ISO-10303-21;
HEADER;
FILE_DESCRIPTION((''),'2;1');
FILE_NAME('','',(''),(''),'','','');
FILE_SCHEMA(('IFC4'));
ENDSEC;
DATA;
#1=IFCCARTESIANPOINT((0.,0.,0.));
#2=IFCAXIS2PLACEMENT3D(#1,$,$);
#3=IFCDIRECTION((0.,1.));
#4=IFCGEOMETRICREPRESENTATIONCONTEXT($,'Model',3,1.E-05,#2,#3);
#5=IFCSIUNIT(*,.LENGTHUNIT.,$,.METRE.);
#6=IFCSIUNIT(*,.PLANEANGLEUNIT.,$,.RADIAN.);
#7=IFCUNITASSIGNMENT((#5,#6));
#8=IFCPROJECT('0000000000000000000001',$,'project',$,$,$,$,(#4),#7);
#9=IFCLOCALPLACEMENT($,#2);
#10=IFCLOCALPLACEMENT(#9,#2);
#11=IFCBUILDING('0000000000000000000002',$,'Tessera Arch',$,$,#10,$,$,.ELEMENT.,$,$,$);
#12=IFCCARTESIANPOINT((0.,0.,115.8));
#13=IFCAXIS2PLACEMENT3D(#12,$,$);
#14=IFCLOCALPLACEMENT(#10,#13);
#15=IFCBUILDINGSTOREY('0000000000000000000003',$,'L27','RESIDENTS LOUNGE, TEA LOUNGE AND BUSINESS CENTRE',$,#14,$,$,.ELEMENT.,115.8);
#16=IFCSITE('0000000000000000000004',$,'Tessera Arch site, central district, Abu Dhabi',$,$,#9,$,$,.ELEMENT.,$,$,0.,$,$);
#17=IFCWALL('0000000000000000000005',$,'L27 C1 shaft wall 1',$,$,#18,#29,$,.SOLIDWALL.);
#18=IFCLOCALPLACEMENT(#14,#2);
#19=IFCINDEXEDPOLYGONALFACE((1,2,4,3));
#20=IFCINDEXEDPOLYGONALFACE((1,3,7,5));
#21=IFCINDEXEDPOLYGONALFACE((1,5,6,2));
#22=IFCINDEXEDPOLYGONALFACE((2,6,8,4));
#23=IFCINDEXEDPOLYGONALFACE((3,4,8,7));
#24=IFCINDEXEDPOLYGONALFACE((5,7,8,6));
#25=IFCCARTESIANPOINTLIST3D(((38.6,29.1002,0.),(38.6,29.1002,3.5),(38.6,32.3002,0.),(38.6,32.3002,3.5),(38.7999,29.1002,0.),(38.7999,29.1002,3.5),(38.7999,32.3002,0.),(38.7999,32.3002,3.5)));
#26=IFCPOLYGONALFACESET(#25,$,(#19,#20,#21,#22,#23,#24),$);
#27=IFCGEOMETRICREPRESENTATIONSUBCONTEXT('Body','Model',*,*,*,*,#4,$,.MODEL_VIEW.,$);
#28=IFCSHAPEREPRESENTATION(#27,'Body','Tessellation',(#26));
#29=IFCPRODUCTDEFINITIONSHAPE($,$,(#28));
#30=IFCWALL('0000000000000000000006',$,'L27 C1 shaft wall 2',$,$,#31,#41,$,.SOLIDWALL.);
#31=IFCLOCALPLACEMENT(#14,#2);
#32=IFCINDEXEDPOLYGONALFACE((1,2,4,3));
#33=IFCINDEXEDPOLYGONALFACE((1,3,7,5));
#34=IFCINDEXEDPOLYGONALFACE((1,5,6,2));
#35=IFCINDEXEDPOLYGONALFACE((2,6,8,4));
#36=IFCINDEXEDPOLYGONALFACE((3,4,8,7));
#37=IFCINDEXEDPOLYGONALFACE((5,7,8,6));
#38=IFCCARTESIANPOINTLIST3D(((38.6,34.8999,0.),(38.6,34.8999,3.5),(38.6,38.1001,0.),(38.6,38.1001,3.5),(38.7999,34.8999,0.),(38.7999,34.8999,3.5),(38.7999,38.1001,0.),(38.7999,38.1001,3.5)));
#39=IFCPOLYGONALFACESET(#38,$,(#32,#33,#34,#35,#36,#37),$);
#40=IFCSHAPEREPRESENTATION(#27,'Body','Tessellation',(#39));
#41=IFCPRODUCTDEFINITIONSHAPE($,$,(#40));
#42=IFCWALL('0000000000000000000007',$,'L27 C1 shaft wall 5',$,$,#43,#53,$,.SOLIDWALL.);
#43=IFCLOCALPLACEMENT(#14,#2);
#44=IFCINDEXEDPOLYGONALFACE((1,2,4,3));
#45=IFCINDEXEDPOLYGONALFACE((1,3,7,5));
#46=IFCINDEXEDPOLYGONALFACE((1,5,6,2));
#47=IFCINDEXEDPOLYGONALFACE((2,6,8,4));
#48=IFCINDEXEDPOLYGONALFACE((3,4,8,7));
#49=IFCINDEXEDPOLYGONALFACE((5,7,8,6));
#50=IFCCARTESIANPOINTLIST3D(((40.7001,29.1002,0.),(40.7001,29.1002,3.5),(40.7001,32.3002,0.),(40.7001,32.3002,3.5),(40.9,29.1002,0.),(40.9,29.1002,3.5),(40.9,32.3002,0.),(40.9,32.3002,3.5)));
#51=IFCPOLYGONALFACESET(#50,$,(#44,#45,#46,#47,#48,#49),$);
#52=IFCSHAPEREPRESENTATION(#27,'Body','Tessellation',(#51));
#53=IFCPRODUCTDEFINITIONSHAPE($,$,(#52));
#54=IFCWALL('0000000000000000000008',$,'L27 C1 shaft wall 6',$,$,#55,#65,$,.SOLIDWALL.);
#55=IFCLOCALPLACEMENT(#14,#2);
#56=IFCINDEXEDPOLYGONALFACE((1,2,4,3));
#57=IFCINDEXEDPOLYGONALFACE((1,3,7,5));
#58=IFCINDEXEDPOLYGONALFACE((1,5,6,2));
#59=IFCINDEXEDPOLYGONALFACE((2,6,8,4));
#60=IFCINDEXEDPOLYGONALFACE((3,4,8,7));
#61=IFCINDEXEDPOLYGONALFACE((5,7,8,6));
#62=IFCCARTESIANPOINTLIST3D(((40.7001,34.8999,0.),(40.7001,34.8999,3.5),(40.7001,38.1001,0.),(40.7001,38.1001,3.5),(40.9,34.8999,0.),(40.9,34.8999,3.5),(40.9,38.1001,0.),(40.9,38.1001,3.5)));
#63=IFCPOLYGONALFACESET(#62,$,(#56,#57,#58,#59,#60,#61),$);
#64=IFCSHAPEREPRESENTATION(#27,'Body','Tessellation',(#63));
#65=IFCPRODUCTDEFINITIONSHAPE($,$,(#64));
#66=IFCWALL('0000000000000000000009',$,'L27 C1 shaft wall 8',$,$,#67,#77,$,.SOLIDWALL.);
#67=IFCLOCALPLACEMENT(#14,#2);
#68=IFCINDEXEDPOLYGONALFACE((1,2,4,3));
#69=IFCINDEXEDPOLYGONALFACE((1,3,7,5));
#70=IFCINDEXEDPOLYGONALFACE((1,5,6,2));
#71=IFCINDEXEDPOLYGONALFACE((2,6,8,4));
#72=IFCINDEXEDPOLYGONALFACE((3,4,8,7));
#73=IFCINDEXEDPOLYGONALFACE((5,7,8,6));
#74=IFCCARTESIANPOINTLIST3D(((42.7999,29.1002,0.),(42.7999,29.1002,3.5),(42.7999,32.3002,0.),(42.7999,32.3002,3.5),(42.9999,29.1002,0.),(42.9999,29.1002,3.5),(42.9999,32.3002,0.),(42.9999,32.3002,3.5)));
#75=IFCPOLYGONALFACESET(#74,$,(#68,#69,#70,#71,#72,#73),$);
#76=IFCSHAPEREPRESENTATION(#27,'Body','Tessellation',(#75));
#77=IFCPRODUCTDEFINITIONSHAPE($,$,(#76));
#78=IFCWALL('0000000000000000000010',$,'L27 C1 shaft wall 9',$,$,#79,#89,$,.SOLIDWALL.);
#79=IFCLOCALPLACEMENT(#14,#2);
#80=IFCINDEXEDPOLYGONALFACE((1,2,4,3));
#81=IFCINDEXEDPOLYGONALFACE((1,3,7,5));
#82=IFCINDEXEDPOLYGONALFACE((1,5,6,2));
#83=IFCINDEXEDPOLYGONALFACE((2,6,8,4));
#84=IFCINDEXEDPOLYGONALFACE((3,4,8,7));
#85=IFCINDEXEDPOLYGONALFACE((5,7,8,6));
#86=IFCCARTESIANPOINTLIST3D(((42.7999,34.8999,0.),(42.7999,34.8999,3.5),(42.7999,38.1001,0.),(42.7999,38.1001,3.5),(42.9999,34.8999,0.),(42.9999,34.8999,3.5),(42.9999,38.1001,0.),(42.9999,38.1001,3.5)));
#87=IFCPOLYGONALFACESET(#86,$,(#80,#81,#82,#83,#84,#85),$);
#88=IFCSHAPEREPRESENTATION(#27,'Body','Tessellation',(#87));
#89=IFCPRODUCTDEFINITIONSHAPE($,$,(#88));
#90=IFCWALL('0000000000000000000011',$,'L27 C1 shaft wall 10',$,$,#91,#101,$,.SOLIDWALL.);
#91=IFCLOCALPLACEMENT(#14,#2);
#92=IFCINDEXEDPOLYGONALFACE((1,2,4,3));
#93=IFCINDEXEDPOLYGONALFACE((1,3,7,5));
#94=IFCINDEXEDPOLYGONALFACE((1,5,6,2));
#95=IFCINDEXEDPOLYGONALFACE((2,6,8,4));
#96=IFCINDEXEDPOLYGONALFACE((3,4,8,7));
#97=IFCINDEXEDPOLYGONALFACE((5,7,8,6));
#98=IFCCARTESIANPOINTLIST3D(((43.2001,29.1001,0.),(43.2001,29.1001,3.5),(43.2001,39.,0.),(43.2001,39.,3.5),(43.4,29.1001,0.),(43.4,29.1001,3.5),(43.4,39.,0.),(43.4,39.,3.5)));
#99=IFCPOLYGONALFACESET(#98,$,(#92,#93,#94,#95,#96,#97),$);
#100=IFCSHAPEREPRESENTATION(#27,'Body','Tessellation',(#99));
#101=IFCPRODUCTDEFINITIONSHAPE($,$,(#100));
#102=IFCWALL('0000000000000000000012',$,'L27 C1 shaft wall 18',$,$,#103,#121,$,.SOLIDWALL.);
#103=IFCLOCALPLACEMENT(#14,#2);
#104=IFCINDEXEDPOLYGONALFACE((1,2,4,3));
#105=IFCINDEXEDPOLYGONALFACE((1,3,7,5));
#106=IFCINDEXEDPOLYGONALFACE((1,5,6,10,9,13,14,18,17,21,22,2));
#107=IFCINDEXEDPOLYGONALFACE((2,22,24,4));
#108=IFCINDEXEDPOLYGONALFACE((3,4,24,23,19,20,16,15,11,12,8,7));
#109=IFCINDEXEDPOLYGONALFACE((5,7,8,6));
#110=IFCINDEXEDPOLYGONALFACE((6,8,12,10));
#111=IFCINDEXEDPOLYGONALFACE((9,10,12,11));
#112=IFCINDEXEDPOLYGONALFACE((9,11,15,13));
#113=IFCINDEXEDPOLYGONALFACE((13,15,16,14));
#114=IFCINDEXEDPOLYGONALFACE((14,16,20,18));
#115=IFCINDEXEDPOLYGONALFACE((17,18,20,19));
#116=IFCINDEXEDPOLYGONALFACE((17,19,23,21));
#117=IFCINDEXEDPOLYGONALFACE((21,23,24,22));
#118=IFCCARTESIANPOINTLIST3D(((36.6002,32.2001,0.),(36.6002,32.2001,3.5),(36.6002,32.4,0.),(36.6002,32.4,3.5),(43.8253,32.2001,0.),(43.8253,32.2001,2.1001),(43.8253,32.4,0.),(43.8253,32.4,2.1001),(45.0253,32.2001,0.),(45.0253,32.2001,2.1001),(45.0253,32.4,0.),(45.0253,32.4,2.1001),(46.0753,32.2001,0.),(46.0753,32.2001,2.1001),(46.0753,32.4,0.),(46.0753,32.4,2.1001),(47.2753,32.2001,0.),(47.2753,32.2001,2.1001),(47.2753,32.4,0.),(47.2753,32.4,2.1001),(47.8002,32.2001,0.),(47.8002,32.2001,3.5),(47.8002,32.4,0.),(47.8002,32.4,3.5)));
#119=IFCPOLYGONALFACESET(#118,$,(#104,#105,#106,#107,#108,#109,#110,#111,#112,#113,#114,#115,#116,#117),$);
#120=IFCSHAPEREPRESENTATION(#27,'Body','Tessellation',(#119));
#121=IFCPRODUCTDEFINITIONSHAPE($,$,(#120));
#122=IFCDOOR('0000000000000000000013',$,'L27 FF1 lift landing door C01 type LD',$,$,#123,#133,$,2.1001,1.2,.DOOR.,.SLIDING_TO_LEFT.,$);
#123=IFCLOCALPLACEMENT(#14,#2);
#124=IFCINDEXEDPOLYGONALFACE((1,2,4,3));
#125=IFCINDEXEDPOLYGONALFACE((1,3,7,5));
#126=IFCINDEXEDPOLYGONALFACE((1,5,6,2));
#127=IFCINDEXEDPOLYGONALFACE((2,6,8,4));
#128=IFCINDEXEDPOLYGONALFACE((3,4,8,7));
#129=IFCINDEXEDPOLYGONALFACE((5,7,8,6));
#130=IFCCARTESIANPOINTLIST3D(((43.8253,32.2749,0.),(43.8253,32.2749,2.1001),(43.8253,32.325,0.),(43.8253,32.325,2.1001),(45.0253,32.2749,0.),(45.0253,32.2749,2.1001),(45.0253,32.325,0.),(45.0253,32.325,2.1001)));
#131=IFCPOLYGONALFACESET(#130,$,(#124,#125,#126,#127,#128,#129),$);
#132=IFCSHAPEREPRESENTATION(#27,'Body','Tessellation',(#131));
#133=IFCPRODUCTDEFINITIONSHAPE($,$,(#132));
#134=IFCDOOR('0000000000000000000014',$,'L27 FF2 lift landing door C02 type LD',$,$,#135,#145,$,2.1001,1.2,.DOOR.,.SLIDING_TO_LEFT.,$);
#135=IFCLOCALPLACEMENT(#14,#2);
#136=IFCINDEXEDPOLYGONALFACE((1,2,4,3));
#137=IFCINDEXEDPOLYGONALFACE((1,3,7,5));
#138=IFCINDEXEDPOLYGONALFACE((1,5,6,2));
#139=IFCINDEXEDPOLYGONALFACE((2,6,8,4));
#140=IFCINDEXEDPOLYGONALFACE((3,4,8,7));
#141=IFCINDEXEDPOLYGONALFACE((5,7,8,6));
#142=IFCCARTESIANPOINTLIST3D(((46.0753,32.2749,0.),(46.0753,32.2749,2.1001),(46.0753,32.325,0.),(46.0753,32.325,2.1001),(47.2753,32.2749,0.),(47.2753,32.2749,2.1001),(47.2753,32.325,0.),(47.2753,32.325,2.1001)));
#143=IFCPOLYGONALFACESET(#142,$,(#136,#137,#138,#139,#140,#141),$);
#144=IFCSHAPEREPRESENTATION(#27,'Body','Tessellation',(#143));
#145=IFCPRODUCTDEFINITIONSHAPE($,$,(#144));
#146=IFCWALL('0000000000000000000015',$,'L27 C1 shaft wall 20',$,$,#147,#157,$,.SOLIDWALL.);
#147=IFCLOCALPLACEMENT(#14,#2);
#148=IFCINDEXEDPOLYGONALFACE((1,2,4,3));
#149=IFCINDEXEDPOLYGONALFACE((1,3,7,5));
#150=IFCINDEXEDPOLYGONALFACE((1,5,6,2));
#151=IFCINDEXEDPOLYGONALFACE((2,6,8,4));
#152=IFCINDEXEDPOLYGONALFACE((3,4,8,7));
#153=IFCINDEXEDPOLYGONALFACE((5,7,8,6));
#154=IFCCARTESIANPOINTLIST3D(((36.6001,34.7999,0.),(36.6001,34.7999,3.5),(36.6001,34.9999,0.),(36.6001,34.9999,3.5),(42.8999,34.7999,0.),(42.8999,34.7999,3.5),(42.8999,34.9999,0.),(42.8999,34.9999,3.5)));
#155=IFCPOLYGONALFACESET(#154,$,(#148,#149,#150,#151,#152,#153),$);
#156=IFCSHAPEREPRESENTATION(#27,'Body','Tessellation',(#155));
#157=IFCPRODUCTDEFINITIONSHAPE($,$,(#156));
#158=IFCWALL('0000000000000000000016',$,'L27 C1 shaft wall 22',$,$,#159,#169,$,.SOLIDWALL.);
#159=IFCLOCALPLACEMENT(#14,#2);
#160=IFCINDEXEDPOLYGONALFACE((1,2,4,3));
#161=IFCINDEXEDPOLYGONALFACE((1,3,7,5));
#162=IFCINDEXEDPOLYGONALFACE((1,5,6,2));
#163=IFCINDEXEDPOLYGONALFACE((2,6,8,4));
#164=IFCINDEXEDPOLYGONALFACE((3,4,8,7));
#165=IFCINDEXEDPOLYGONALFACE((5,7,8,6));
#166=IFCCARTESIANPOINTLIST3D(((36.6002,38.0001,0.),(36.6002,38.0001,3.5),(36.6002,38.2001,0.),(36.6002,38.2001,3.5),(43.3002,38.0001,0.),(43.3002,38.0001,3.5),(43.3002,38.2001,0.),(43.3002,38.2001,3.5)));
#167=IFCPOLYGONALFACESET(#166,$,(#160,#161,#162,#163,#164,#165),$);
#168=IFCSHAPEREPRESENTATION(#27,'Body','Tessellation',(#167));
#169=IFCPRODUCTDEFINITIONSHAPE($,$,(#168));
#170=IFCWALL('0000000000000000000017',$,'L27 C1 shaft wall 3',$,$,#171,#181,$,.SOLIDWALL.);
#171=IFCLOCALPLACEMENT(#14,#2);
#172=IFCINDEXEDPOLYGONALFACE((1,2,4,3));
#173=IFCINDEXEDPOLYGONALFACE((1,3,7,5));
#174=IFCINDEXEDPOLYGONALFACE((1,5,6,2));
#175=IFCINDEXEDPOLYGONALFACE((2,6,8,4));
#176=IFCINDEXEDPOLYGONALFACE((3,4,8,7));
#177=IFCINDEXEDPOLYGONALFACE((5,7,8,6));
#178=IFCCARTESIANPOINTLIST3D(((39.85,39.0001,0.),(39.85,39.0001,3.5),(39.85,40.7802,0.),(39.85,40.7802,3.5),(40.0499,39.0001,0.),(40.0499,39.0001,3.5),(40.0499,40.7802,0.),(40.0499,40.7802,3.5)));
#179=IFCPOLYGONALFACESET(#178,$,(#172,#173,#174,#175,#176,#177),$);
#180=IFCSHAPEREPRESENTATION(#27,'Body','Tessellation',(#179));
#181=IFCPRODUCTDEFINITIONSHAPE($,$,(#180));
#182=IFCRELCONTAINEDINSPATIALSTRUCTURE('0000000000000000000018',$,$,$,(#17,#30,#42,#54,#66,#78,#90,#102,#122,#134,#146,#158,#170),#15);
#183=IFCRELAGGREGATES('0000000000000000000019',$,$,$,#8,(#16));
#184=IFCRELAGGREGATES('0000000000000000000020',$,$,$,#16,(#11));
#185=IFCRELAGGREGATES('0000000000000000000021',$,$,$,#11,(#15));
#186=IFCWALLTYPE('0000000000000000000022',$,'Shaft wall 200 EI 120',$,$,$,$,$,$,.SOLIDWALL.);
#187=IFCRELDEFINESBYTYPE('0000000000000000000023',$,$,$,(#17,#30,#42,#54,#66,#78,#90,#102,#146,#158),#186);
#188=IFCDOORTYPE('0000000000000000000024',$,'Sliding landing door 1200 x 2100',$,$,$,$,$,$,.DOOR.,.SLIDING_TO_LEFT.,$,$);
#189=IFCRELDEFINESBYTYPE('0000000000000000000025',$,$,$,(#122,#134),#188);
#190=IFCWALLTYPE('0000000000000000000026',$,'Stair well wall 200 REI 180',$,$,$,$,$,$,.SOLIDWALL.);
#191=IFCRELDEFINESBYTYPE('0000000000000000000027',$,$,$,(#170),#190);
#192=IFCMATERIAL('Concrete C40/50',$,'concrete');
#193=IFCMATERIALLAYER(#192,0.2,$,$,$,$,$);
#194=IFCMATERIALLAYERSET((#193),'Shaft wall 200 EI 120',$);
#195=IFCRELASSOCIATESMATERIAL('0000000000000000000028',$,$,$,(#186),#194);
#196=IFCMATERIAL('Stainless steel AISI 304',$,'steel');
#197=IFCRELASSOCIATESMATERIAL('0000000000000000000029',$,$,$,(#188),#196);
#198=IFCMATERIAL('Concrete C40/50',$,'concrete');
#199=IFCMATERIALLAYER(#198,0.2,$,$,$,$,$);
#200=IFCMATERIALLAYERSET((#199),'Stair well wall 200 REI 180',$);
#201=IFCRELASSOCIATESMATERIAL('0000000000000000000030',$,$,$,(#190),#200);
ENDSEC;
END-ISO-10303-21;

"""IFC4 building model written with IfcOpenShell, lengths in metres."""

from ifc_helpers import new_model, si_unit, direction, frame, frame_2d, origin, place, context, subcontext, project, spatial, rectangle, extrude, material, layer, layer_set, type_object, element, fill, save


model = new_model("IFC4")

# Units and contexts
model_context = context("Model", 3, precision=1e-05, world=origin(), true_north=direction((0.0, 1.0)))
body_context = subcontext(model_context, "Body", "Model", "MODEL_VIEW")
ifc_project = project(units=[si_unit("LENGTHUNIT", "METRE"), si_unit("PLANEANGLEUNIT", "RADIAN")], contexts=[model_context])

# Site, building, storey
site_placement = place(None, origin())
site = spatial("IfcSite", under=ifc_project, at=site_placement, Name="Tessera Arch site, central district, Abu Dhabi", CompositionType="ELEMENT", RefElevation=0.0)
building_placement = place(site_placement, origin())
building = spatial("IfcBuilding", under=site, at=building_placement, Name="Tessera Arch", CompositionType="ELEMENT")
storey_placement = place(building_placement, frame((0.0, 0.0, 115.8)))
storey = spatial("IfcBuildingStorey", under=building, at=storey_placement, Name="L27", Description="RESIDENTS LOUNGE, TEA LOUNGE AND BUSINESS CENTRE", CompositionType="ELEMENT", Elevation=115.8)

# Walls
ifc_material_1 = material(Name="Concrete C40/50", Category="concrete")
ifc_layer_1 = layer(ifc_material_1, 0.2)
ifc_layer_set_1 = layer_set([ifc_layer_1], Name="Shaft wall 200 EI 120")
wall_type_1 = type_object("IfcWallType", Name="Shaft wall 200 EI 120", PredefinedType="SOLIDWALL", material=ifc_layer_set_1)
wall_1_placement = place(storey_placement, frame((38.7, 29.1001, 0.0), z_axis=(0.0, 0.0, 1.0), x_axis=(0.0, 1.0, 0.0)))
element("IfcWall", 1, at=wall_1_placement, inside=storey, type_object=wall_type_1, Name="L27 C1 shaft wall 1", PredefinedType="SOLIDWALL", context=body_context, shape_type="SweptSolid", body=[
    extrude(rectangle(XDim=3.2, YDim=0.2, at=frame_2d((1.6001, 0.0))), origin(), (0.0, 0.0, 1.0), 3.5),
])
wall_2_placement = place(storey_placement, frame((38.7, 34.8999, 0.0), z_axis=(0.0, 0.0, 1.0), x_axis=(0.0, 1.0, 0.0)))
element("IfcWall", 2, at=wall_2_placement, inside=storey, type_object=wall_type_1, Name="L27 C1 shaft wall 2", PredefinedType="SOLIDWALL", context=body_context, shape_type="SweptSolid", body=[
    extrude(rectangle(XDim=3.2002, YDim=0.2, at=frame_2d((1.6001, 0.0))), origin(), (0.0, 0.0, 1.0), 3.5),
])
wall_3_placement = place(storey_placement, frame((40.8, 29.1001, 0.0), z_axis=(0.0, 0.0, 1.0), x_axis=(0.0, 1.0, 0.0)))
element("IfcWall", 3, at=wall_3_placement, inside=storey, type_object=wall_type_1, Name="L27 C1 shaft wall 5", PredefinedType="SOLIDWALL", context=body_context, shape_type="SweptSolid", body=[
    extrude(rectangle(XDim=3.2, YDim=0.2, at=frame_2d((1.6001, 0.0))), origin(), (0.0, 0.0, 1.0), 3.5),
])
wall_4_placement = place(storey_placement, frame((40.8, 34.8999, 0.0), z_axis=(0.0, 0.0, 1.0), x_axis=(0.0, 1.0, 0.0)))
element("IfcWall", 4, at=wall_4_placement, inside=storey, type_object=wall_type_1, Name="L27 C1 shaft wall 6", PredefinedType="SOLIDWALL", context=body_context, shape_type="SweptSolid", body=[
    extrude(rectangle(XDim=3.2002, YDim=0.2, at=frame_2d((1.6001, 0.0))), origin(), (0.0, 0.0, 1.0), 3.5),
])
wall_5_placement = place(storey_placement, frame((42.8999, 29.1001, 0.0), z_axis=(0.0, 0.0, 1.0), x_axis=(0.0, 1.0, 0.0)))
element("IfcWall", 5, at=wall_5_placement, inside=storey, type_object=wall_type_1, Name="L27 C1 shaft wall 8", PredefinedType="SOLIDWALL", context=body_context, shape_type="SweptSolid", body=[
    extrude(rectangle(XDim=3.2, YDim=0.2, at=frame_2d((1.6001, 0.0))), origin(), (0.0, 0.0, 1.0), 3.5),
])
wall_6_placement = place(storey_placement, frame((42.8999, 34.8999, 0.0), z_axis=(0.0, 0.0, 1.0), x_axis=(0.0, 1.0, 0.0)))
element("IfcWall", 6, at=wall_6_placement, inside=storey, type_object=wall_type_1, Name="L27 C1 shaft wall 9", PredefinedType="SOLIDWALL", context=body_context, shape_type="SweptSolid", body=[
    extrude(rectangle(XDim=3.2002, YDim=0.2, at=frame_2d((1.6001, 0.0))), origin(), (0.0, 0.0, 1.0), 3.5),
])
wall_7_placement = place(storey_placement, frame((43.3, 29.1001, 0.0), z_axis=(0.0, 0.0, 1.0), x_axis=(0.0, 1.0, 0.0)))
element("IfcWall", 7, at=wall_7_placement, inside=storey, type_object=wall_type_1, Name="L27 C1 shaft wall 10", PredefinedType="SOLIDWALL", context=body_context, shape_type="SweptSolid", body=[
    extrude(rectangle(XDim=9.8999, YDim=0.2, at=frame_2d((4.95, 0.0))), origin(), (0.0, 0.0, 1.0), 3.5),
])

# Wall, openings, doors
wall_8_placement = place(storey_placement, frame((36.6001, 32.3, 0.0), z_axis=(0.0, 0.0, 1.0), x_axis=(1.0, 0.0, 0.0)))
wall_8 = element("IfcWall", 8, at=wall_8_placement, inside=storey, type_object=wall_type_1, Name="L27 C1 shaft wall 18", PredefinedType="SOLIDWALL", context=body_context, shape_type="SweptSolid", body=[
    extrude(rectangle(XDim=11.2, YDim=0.2, at=frame_2d((5.6001, 0.0))), origin(), (0.0, 0.0, 1.0), 3.5),
])
opening_1_placement = place(wall_8_placement, frame((7.2251, 0.0, 0.0)))
opening_1 = element("IfcOpeningElement", 9, at=opening_1_placement, cuts=wall_8, PredefinedType="OPENING", context=body_context, shape_type="SweptSolid", body=[
    extrude(rectangle(XDim=1.2, YDim=2.1001, at=frame_2d((0.6001, 1.05))), frame((0.0, 0.1099, 0.0), z_axis=(0.0, -1.0, 0.0), x_axis=(1.0, 0.0, 0.0)), (0.0, 0.0, 1.0), 0.22),
])
opening_2_placement = place(wall_8_placement, frame((9.4751, 0.0, 0.0)))
opening_2 = element("IfcOpeningElement", 10, at=opening_2_placement, cuts=wall_8, PredefinedType="OPENING", context=body_context, shape_type="SweptSolid", body=[
    extrude(rectangle(XDim=1.2, YDim=2.1001, at=frame_2d((0.6001, 1.05))), frame((0.0, 0.1099, 0.0), z_axis=(0.0, -1.0, 0.0), x_axis=(1.0, 0.0, 0.0)), (0.0, 0.0, 1.0), 0.22),
])
ifc_material_2 = material(Name="Stainless steel AISI 304", Category="steel")
door_type_1 = type_object("IfcDoorType", Name="Sliding landing door 1200 x 2100", OperationType="SLIDING_TO_LEFT", PredefinedType="DOOR", material=ifc_material_2)
door_1_placement = place(opening_1_placement, origin())
door_1 = element("IfcDoor", 11, at=door_1_placement, inside=storey, type_object=door_type_1, Name="L27 FF1 lift landing door C01 type LD", OperationType="SLIDING_TO_LEFT", OverallHeight=2.1001, OverallWidth=1.2, PredefinedType="DOOR", context=body_context, shape_type="SweptSolid", body=[
    extrude(rectangle(XDim=1.2, YDim=2.1001, at=frame_2d((0.6001, 1.05))), frame((0.0, 0.0249, 0.0), z_axis=(0.0, -1.0, 0.0), x_axis=(1.0, 0.0, 0.0)), (0.0, 0.0, 1.0), 0.05),
])
fill(opening_1, door_1)
door_2_placement = place(opening_2_placement, origin())
door_2 = element("IfcDoor", 12, at=door_2_placement, inside=storey, type_object=door_type_1, Name="L27 FF2 lift landing door C02 type LD", OperationType="SLIDING_TO_LEFT", OverallHeight=2.1001, OverallWidth=1.2, PredefinedType="DOOR", context=body_context, shape_type="SweptSolid", body=[
    extrude(rectangle(XDim=1.2, YDim=2.1001, at=frame_2d((0.6001, 1.05))), frame((0.0, 0.0249, 0.0), z_axis=(0.0, -1.0, 0.0), x_axis=(1.0, 0.0, 0.0)), (0.0, 0.0, 1.0), 0.05),
])
fill(opening_2, door_2)

# Walls
wall_9_placement = place(storey_placement, frame((36.6001, 34.8999, 0.0), z_axis=(0.0, 0.0, 1.0), x_axis=(1.0, 0.0, 0.0)))
element("IfcWall", 13, at=wall_9_placement, inside=storey, type_object=wall_type_1, Name="L27 C1 shaft wall 20", PredefinedType="SOLIDWALL", context=body_context, shape_type="SweptSolid", body=[
    extrude(rectangle(XDim=6.2998, YDim=0.2, at=frame_2d((3.1499, 0.0))), origin(), (0.0, 0.0, 1.0), 3.5),
])
wall_10_placement = place(storey_placement, frame((36.6001, 38.1001, 0.0), z_axis=(0.0, 0.0, 1.0), x_axis=(1.0, 0.0, 0.0)))
element("IfcWall", 14, at=wall_10_placement, inside=storey, type_object=wall_type_1, Name="L27 C1 shaft wall 22", PredefinedType="SOLIDWALL", context=body_context, shape_type="SweptSolid", body=[
    extrude(rectangle(XDim=6.7, YDim=0.2, at=frame_2d((3.3501, 0.0))), origin(), (0.0, 0.0, 1.0), 3.5),
])
ifc_material_3 = material(Name="Concrete C40/50", Category="concrete")
ifc_layer_2 = layer(ifc_material_3, 0.2)
ifc_layer_set_2 = layer_set([ifc_layer_2], Name="Stair well wall 200 REI 180")
wall_type_2 = type_object("IfcWallType", Name="Stair well wall 200 REI 180", PredefinedType="SOLIDWALL", material=ifc_layer_set_2)
wall_11_placement = place(storey_placement, frame((39.95, 39.0, 0.0), z_axis=(0.0, 0.0, 1.0), x_axis=(0.0, 1.0, 0.0)))
element("IfcWall", 15, at=wall_11_placement, inside=storey, type_object=wall_type_2, Name="L27 C1 shaft wall 3", PredefinedType="SOLIDWALL", context=body_context, shape_type="SweptSolid", body=[
    extrude(rectangle(XDim=1.78, YDim=0.2, at=frame_2d((0.8901, 0.0))), origin(), (0.0, 0.0, 1.0), 3.5),
])

save(model, "model.ifc")
